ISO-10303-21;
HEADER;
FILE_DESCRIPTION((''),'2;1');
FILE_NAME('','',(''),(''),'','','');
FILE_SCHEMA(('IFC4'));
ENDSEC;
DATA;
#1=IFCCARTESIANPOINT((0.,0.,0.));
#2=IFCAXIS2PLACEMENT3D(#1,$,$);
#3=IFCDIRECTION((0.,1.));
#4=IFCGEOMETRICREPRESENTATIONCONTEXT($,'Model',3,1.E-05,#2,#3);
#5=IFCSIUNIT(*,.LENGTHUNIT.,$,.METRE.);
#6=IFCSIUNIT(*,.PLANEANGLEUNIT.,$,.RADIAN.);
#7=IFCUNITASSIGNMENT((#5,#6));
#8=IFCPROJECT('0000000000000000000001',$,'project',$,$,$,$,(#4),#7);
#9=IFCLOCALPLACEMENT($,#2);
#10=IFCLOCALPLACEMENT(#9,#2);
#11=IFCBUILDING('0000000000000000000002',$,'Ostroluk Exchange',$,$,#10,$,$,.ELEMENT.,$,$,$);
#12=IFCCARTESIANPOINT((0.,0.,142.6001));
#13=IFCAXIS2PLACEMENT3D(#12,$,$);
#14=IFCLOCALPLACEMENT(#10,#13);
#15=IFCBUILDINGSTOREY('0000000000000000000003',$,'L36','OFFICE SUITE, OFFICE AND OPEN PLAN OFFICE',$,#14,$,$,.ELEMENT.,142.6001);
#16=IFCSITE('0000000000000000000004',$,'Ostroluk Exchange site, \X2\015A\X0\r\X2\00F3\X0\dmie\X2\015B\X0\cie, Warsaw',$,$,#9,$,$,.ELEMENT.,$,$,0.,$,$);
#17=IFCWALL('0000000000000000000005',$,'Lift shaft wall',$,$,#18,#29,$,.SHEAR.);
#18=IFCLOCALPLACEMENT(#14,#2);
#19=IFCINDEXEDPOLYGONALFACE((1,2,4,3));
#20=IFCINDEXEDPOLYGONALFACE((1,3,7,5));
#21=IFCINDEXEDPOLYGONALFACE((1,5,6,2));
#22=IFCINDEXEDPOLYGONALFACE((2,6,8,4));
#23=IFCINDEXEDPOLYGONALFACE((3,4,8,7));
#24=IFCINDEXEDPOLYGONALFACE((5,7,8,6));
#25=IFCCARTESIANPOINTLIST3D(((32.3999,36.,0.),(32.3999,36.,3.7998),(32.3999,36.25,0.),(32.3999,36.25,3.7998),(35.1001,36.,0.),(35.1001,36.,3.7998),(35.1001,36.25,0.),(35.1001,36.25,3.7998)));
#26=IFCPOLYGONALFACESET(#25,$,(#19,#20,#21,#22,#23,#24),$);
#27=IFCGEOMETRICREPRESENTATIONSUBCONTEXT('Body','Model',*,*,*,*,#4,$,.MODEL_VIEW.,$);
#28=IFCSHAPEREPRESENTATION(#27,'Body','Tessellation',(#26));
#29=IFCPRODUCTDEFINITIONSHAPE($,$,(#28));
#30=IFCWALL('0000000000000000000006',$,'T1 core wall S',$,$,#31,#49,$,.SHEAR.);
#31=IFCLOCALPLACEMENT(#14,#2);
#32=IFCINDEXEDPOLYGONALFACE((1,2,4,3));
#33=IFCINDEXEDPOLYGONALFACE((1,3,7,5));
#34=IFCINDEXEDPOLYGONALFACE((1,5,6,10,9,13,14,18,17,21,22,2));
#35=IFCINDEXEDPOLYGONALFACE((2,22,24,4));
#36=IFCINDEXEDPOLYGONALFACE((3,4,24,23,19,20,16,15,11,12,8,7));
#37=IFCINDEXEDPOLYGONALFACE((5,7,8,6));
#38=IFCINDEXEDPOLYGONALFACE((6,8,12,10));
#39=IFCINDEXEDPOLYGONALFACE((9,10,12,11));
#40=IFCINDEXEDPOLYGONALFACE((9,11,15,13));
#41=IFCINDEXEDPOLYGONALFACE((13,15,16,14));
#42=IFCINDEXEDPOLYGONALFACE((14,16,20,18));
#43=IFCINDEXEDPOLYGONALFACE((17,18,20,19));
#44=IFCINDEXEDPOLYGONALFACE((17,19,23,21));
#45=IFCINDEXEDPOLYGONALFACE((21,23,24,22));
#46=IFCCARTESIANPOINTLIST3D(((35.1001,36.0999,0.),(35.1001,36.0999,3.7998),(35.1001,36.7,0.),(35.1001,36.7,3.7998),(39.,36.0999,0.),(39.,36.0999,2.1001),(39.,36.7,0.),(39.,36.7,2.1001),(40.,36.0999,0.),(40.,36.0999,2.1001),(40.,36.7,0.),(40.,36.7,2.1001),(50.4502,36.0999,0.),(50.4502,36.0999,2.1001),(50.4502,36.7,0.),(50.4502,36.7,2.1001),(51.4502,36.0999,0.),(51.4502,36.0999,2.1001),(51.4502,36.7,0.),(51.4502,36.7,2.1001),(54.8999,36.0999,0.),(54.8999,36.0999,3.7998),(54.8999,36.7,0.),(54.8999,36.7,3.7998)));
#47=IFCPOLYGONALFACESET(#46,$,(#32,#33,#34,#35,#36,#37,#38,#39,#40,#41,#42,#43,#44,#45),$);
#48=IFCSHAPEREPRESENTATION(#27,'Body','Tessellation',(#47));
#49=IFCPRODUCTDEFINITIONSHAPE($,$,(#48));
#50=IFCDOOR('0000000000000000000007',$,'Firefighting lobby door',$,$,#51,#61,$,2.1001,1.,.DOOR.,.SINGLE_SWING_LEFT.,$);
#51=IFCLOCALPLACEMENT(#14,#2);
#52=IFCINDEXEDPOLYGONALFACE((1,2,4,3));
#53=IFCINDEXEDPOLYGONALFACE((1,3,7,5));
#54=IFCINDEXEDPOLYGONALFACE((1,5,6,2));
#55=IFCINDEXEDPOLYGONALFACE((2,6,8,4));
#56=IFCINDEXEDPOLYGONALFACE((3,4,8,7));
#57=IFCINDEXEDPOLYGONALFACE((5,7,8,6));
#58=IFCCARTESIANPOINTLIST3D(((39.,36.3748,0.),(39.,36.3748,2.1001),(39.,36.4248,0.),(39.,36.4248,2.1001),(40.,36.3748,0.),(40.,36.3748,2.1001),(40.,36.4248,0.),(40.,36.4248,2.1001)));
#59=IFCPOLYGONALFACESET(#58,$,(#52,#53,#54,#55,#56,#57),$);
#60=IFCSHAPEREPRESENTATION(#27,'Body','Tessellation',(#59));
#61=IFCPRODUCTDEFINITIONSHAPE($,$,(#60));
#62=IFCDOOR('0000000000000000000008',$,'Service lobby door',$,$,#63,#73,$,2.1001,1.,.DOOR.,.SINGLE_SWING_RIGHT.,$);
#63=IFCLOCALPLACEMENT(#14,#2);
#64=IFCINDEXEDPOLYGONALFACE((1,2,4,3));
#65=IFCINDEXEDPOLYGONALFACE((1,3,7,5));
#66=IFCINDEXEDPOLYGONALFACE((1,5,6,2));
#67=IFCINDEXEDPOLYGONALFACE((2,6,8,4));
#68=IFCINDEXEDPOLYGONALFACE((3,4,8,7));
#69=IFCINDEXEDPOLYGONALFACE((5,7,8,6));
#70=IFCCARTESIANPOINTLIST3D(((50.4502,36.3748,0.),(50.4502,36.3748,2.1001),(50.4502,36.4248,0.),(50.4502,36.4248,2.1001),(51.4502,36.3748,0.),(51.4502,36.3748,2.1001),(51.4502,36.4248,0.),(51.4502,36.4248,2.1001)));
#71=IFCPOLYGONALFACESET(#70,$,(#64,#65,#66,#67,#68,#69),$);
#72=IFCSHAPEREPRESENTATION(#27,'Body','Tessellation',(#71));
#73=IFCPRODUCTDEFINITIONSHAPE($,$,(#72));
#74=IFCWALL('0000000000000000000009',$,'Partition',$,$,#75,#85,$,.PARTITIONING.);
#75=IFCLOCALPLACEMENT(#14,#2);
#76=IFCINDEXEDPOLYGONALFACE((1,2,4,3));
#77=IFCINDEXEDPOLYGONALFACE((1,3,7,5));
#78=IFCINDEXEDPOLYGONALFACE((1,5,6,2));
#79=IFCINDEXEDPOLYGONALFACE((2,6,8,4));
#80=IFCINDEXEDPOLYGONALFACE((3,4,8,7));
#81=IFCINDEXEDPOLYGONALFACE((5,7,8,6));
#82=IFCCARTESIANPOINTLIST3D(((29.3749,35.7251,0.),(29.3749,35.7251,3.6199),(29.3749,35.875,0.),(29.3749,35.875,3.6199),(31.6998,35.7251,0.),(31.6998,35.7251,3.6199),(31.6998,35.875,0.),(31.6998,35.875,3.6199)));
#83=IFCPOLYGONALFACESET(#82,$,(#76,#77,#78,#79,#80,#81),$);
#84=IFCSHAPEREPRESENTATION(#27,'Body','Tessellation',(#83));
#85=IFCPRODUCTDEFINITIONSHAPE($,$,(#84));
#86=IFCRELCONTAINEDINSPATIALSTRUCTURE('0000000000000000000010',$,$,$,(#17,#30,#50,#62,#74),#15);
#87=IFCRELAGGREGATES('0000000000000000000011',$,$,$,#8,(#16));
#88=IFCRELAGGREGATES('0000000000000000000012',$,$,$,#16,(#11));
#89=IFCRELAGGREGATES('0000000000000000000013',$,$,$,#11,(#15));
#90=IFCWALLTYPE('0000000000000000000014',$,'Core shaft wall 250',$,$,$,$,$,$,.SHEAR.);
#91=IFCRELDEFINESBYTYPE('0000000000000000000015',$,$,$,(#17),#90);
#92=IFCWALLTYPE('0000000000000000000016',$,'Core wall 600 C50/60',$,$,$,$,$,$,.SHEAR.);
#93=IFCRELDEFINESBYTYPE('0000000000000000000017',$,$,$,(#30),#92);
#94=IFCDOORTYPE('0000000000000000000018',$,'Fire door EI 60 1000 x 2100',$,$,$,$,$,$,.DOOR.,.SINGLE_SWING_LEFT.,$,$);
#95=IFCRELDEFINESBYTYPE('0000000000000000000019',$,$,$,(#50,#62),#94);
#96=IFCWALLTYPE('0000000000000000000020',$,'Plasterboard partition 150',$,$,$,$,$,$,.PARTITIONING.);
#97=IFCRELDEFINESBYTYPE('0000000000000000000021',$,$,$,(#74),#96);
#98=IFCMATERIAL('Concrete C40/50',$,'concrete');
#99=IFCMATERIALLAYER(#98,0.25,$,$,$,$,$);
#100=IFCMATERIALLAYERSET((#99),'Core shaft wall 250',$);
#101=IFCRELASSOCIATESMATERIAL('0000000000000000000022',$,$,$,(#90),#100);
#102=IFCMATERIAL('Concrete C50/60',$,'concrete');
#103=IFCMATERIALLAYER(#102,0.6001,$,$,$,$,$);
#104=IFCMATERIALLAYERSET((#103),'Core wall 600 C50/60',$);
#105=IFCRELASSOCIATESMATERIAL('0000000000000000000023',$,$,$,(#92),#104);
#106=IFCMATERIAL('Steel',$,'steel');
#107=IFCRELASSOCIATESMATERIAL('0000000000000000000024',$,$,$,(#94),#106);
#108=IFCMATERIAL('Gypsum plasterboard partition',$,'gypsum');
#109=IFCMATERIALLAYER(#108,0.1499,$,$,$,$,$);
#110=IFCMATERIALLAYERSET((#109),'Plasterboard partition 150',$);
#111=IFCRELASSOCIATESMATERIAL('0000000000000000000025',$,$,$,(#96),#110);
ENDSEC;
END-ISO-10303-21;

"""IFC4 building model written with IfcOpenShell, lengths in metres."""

from ifc_helpers import new_model, si_unit, direction, frame, frame_2d, origin, place, context, subcontext, project, spatial, rectangle, extrude, material, layer, layer_set, type_object, element, fill, save


model = new_model("IFC4")

# Units and contexts
model_context = context("Model", 3, precision=1e-05, world=origin(), true_north=direction((0.0, 1.0)))
body_context = subcontext(model_context, "Body", "Model", "MODEL_VIEW")
ifc_project = project(units=[si_unit("LENGTHUNIT", "METRE"), si_unit("PLANEANGLEUNIT", "RADIAN")], contexts=[model_context])

# Site, building, storey
site_placement = place(None, origin())
site = spatial("IfcSite", under=ifc_project, at=site_placement, Name="Ostroluk Exchange site, Śródmieście, Warsaw", CompositionType="ELEMENT", RefElevation=0.0)
building_placement = place(site_placement, origin())
building = spatial("IfcBuilding", under=site, at=building_placement, Name="Ostroluk Exchange", CompositionType="ELEMENT")
storey_placement = place(building_placement, frame((0.0, 0.0, 142.6001)))
storey = spatial("IfcBuildingStorey", under=building, at=storey_placement, Name="L36", Description="OFFICE SUITE, OFFICE AND OPEN PLAN OFFICE", CompositionType="ELEMENT", Elevation=142.6001)

# Wall
ifc_material_1 = material(Name="Concrete C40/50", Category="concrete")
ifc_layer_1 = layer(ifc_material_1, 0.25)
ifc_layer_set_1 = layer_set([ifc_layer_1], Name="Core shaft wall 250")
wall_type_1 = type_object("IfcWallType", Name="Core shaft wall 250", PredefinedType="SHEAR", material=ifc_layer_set_1)
wall_1_placement = place(storey_placement, frame((32.3999, 36.125, 0.0), z_axis=(0.0, 0.0, 1.0), x_axis=(1.0, 0.0, 0.0)))
element("IfcWall", 1, at=wall_1_placement, inside=storey, type_object=wall_type_1, Name="Lift shaft wall", PredefinedType="SHEAR", context=body_context, shape_type="SweptSolid", body=[
    extrude(rectangle(XDim=2.7002, YDim=0.25, at=frame_2d((1.3501, 0.0))), origin(), (0.0, 0.0, 1.0), 3.7998),
])

# Wall, openings, doors
ifc_material_2 = material(Name="Concrete C50/60", Category="concrete")
ifc_layer_2 = layer(ifc_material_2, 0.6001)
ifc_layer_set_2 = layer_set([ifc_layer_2], Name="Core wall 600 C50/60")
wall_type_2 = type_object("IfcWallType", Name="Core wall 600 C50/60", PredefinedType="SHEAR", material=ifc_layer_set_2)
wall_2_placement = place(storey_placement, frame((35.1001, 36.3999, 0.0), z_axis=(0.0, 0.0, 1.0), x_axis=(1.0, 0.0, 0.0)))
wall_2 = element("IfcWall", 2, at=wall_2_placement, inside=storey, type_object=wall_type_2, Name="T1 core wall S", PredefinedType="SHEAR", context=body_context, shape_type="SweptSolid", body=[
    extrude(rectangle(XDim=19.7998, YDim=0.6001, at=frame_2d((9.8999, 0.0))), origin(), (0.0, 0.0, 1.0), 3.7998),
])
opening_1_placement = place(wall_2_placement, frame((3.8999, 0.0, 0.0)))
opening_1 = element("IfcOpeningElement", 3, at=opening_1_placement, cuts=wall_2, PredefinedType="OPENING", context=body_context, shape_type="SweptSolid", body=[
    extrude(rectangle(XDim=1.0, YDim=2.1001, at=frame_2d((0.5, 1.05))), frame((0.0, 0.3101, 0.0), z_axis=(0.0, -1.0, 0.0), x_axis=(1.0, 0.0, 0.0)), (0.0, 0.0, 1.0), 0.6201),
])
opening_2_placement = place(wall_2_placement, frame((15.3501, 0.0, 0.0)))
opening_2 = element("IfcOpeningElement", 4, at=opening_2_placement, cuts=wall_2, PredefinedType="OPENING", context=body_context, shape_type="SweptSolid", body=[
    extrude(rectangle(XDim=1.0, YDim=2.1001, at=frame_2d((0.5, 1.05))), frame((0.0, 0.3101, 0.0), z_axis=(0.0, -1.0, 0.0), x_axis=(1.0, 0.0, 0.0)), (0.0, 0.0, 1.0), 0.6201),
])
ifc_material_3 = material(Name="Steel", Category="steel")
door_type_1 = type_object("IfcDoorType", Name="Fire door EI 60 1000 x 2100", OperationType="SINGLE_SWING_LEFT", PredefinedType="DOOR", material=ifc_material_3)
door_1_placement = place(opening_1_placement, origin())
door_1 = element("IfcDoor", 5, at=door_1_placement, inside=storey, type_object=door_type_1, Name="Firefighting lobby door", OperationType="SINGLE_SWING_LEFT", OverallHeight=2.1001, OverallWidth=1.0, PredefinedType="DOOR", context=body_context, shape_type="SweptSolid", body=[
    extrude(rectangle(XDim=1.0, YDim=2.1001, at=frame_2d((0.5, 1.05))), frame((0.0, 0.0249, 0.0), z_axis=(0.0, -1.0, 0.0), x_axis=(1.0, 0.0, 0.0)), (0.0, 0.0, 1.0), 0.05),
])
fill(opening_1, door_1)
door_2_placement = place(opening_2_placement, origin())
door_2 = element("IfcDoor", 6, at=door_2_placement, inside=storey, type_object=door_type_1, Name="Service lobby door", OperationType="SINGLE_SWING_RIGHT", OverallHeight=2.1001, OverallWidth=1.0, PredefinedType="DOOR", context=body_context, shape_type="SweptSolid", body=[
    extrude(rectangle(XDim=1.0, YDim=2.1001, at=frame_2d((0.5, 1.05))), frame((0.0, 0.0249, 0.0), z_axis=(0.0, -1.0, 0.0), x_axis=(1.0, 0.0, 0.0)), (0.0, 0.0, 1.0), 0.05),
])
fill(opening_2, door_2)

# Wall
ifc_material_4 = material(Name="Gypsum plasterboard partition", Category="gypsum")
ifc_layer_3 = layer(ifc_material_4, 0.1499)
ifc_layer_set_3 = layer_set([ifc_layer_3], Name="Plasterboard partition 150")
wall_type_3 = type_object("IfcWallType", Name="Plasterboard partition 150", PredefinedType="PARTITIONING", material=ifc_layer_set_3)
wall_3_placement = place(storey_placement, frame((31.7, 35.8, 0.0), z_axis=(0.0, 0.0, 1.0), x_axis=(-1.0, 0.0, 0.0)))
element("IfcWall", 7, at=wall_3_placement, inside=storey, type_object=wall_type_3, Name="Partition", PredefinedType="PARTITIONING", context=body_context, shape_type="SweptSolid", body=[
    extrude(rectangle(XDim=2.325, YDim=0.1499, at=frame_2d((1.1626, 0.0))), origin(), (0.0, 0.0, 1.0), 3.6199),
])

save(model, "model.ifc")
